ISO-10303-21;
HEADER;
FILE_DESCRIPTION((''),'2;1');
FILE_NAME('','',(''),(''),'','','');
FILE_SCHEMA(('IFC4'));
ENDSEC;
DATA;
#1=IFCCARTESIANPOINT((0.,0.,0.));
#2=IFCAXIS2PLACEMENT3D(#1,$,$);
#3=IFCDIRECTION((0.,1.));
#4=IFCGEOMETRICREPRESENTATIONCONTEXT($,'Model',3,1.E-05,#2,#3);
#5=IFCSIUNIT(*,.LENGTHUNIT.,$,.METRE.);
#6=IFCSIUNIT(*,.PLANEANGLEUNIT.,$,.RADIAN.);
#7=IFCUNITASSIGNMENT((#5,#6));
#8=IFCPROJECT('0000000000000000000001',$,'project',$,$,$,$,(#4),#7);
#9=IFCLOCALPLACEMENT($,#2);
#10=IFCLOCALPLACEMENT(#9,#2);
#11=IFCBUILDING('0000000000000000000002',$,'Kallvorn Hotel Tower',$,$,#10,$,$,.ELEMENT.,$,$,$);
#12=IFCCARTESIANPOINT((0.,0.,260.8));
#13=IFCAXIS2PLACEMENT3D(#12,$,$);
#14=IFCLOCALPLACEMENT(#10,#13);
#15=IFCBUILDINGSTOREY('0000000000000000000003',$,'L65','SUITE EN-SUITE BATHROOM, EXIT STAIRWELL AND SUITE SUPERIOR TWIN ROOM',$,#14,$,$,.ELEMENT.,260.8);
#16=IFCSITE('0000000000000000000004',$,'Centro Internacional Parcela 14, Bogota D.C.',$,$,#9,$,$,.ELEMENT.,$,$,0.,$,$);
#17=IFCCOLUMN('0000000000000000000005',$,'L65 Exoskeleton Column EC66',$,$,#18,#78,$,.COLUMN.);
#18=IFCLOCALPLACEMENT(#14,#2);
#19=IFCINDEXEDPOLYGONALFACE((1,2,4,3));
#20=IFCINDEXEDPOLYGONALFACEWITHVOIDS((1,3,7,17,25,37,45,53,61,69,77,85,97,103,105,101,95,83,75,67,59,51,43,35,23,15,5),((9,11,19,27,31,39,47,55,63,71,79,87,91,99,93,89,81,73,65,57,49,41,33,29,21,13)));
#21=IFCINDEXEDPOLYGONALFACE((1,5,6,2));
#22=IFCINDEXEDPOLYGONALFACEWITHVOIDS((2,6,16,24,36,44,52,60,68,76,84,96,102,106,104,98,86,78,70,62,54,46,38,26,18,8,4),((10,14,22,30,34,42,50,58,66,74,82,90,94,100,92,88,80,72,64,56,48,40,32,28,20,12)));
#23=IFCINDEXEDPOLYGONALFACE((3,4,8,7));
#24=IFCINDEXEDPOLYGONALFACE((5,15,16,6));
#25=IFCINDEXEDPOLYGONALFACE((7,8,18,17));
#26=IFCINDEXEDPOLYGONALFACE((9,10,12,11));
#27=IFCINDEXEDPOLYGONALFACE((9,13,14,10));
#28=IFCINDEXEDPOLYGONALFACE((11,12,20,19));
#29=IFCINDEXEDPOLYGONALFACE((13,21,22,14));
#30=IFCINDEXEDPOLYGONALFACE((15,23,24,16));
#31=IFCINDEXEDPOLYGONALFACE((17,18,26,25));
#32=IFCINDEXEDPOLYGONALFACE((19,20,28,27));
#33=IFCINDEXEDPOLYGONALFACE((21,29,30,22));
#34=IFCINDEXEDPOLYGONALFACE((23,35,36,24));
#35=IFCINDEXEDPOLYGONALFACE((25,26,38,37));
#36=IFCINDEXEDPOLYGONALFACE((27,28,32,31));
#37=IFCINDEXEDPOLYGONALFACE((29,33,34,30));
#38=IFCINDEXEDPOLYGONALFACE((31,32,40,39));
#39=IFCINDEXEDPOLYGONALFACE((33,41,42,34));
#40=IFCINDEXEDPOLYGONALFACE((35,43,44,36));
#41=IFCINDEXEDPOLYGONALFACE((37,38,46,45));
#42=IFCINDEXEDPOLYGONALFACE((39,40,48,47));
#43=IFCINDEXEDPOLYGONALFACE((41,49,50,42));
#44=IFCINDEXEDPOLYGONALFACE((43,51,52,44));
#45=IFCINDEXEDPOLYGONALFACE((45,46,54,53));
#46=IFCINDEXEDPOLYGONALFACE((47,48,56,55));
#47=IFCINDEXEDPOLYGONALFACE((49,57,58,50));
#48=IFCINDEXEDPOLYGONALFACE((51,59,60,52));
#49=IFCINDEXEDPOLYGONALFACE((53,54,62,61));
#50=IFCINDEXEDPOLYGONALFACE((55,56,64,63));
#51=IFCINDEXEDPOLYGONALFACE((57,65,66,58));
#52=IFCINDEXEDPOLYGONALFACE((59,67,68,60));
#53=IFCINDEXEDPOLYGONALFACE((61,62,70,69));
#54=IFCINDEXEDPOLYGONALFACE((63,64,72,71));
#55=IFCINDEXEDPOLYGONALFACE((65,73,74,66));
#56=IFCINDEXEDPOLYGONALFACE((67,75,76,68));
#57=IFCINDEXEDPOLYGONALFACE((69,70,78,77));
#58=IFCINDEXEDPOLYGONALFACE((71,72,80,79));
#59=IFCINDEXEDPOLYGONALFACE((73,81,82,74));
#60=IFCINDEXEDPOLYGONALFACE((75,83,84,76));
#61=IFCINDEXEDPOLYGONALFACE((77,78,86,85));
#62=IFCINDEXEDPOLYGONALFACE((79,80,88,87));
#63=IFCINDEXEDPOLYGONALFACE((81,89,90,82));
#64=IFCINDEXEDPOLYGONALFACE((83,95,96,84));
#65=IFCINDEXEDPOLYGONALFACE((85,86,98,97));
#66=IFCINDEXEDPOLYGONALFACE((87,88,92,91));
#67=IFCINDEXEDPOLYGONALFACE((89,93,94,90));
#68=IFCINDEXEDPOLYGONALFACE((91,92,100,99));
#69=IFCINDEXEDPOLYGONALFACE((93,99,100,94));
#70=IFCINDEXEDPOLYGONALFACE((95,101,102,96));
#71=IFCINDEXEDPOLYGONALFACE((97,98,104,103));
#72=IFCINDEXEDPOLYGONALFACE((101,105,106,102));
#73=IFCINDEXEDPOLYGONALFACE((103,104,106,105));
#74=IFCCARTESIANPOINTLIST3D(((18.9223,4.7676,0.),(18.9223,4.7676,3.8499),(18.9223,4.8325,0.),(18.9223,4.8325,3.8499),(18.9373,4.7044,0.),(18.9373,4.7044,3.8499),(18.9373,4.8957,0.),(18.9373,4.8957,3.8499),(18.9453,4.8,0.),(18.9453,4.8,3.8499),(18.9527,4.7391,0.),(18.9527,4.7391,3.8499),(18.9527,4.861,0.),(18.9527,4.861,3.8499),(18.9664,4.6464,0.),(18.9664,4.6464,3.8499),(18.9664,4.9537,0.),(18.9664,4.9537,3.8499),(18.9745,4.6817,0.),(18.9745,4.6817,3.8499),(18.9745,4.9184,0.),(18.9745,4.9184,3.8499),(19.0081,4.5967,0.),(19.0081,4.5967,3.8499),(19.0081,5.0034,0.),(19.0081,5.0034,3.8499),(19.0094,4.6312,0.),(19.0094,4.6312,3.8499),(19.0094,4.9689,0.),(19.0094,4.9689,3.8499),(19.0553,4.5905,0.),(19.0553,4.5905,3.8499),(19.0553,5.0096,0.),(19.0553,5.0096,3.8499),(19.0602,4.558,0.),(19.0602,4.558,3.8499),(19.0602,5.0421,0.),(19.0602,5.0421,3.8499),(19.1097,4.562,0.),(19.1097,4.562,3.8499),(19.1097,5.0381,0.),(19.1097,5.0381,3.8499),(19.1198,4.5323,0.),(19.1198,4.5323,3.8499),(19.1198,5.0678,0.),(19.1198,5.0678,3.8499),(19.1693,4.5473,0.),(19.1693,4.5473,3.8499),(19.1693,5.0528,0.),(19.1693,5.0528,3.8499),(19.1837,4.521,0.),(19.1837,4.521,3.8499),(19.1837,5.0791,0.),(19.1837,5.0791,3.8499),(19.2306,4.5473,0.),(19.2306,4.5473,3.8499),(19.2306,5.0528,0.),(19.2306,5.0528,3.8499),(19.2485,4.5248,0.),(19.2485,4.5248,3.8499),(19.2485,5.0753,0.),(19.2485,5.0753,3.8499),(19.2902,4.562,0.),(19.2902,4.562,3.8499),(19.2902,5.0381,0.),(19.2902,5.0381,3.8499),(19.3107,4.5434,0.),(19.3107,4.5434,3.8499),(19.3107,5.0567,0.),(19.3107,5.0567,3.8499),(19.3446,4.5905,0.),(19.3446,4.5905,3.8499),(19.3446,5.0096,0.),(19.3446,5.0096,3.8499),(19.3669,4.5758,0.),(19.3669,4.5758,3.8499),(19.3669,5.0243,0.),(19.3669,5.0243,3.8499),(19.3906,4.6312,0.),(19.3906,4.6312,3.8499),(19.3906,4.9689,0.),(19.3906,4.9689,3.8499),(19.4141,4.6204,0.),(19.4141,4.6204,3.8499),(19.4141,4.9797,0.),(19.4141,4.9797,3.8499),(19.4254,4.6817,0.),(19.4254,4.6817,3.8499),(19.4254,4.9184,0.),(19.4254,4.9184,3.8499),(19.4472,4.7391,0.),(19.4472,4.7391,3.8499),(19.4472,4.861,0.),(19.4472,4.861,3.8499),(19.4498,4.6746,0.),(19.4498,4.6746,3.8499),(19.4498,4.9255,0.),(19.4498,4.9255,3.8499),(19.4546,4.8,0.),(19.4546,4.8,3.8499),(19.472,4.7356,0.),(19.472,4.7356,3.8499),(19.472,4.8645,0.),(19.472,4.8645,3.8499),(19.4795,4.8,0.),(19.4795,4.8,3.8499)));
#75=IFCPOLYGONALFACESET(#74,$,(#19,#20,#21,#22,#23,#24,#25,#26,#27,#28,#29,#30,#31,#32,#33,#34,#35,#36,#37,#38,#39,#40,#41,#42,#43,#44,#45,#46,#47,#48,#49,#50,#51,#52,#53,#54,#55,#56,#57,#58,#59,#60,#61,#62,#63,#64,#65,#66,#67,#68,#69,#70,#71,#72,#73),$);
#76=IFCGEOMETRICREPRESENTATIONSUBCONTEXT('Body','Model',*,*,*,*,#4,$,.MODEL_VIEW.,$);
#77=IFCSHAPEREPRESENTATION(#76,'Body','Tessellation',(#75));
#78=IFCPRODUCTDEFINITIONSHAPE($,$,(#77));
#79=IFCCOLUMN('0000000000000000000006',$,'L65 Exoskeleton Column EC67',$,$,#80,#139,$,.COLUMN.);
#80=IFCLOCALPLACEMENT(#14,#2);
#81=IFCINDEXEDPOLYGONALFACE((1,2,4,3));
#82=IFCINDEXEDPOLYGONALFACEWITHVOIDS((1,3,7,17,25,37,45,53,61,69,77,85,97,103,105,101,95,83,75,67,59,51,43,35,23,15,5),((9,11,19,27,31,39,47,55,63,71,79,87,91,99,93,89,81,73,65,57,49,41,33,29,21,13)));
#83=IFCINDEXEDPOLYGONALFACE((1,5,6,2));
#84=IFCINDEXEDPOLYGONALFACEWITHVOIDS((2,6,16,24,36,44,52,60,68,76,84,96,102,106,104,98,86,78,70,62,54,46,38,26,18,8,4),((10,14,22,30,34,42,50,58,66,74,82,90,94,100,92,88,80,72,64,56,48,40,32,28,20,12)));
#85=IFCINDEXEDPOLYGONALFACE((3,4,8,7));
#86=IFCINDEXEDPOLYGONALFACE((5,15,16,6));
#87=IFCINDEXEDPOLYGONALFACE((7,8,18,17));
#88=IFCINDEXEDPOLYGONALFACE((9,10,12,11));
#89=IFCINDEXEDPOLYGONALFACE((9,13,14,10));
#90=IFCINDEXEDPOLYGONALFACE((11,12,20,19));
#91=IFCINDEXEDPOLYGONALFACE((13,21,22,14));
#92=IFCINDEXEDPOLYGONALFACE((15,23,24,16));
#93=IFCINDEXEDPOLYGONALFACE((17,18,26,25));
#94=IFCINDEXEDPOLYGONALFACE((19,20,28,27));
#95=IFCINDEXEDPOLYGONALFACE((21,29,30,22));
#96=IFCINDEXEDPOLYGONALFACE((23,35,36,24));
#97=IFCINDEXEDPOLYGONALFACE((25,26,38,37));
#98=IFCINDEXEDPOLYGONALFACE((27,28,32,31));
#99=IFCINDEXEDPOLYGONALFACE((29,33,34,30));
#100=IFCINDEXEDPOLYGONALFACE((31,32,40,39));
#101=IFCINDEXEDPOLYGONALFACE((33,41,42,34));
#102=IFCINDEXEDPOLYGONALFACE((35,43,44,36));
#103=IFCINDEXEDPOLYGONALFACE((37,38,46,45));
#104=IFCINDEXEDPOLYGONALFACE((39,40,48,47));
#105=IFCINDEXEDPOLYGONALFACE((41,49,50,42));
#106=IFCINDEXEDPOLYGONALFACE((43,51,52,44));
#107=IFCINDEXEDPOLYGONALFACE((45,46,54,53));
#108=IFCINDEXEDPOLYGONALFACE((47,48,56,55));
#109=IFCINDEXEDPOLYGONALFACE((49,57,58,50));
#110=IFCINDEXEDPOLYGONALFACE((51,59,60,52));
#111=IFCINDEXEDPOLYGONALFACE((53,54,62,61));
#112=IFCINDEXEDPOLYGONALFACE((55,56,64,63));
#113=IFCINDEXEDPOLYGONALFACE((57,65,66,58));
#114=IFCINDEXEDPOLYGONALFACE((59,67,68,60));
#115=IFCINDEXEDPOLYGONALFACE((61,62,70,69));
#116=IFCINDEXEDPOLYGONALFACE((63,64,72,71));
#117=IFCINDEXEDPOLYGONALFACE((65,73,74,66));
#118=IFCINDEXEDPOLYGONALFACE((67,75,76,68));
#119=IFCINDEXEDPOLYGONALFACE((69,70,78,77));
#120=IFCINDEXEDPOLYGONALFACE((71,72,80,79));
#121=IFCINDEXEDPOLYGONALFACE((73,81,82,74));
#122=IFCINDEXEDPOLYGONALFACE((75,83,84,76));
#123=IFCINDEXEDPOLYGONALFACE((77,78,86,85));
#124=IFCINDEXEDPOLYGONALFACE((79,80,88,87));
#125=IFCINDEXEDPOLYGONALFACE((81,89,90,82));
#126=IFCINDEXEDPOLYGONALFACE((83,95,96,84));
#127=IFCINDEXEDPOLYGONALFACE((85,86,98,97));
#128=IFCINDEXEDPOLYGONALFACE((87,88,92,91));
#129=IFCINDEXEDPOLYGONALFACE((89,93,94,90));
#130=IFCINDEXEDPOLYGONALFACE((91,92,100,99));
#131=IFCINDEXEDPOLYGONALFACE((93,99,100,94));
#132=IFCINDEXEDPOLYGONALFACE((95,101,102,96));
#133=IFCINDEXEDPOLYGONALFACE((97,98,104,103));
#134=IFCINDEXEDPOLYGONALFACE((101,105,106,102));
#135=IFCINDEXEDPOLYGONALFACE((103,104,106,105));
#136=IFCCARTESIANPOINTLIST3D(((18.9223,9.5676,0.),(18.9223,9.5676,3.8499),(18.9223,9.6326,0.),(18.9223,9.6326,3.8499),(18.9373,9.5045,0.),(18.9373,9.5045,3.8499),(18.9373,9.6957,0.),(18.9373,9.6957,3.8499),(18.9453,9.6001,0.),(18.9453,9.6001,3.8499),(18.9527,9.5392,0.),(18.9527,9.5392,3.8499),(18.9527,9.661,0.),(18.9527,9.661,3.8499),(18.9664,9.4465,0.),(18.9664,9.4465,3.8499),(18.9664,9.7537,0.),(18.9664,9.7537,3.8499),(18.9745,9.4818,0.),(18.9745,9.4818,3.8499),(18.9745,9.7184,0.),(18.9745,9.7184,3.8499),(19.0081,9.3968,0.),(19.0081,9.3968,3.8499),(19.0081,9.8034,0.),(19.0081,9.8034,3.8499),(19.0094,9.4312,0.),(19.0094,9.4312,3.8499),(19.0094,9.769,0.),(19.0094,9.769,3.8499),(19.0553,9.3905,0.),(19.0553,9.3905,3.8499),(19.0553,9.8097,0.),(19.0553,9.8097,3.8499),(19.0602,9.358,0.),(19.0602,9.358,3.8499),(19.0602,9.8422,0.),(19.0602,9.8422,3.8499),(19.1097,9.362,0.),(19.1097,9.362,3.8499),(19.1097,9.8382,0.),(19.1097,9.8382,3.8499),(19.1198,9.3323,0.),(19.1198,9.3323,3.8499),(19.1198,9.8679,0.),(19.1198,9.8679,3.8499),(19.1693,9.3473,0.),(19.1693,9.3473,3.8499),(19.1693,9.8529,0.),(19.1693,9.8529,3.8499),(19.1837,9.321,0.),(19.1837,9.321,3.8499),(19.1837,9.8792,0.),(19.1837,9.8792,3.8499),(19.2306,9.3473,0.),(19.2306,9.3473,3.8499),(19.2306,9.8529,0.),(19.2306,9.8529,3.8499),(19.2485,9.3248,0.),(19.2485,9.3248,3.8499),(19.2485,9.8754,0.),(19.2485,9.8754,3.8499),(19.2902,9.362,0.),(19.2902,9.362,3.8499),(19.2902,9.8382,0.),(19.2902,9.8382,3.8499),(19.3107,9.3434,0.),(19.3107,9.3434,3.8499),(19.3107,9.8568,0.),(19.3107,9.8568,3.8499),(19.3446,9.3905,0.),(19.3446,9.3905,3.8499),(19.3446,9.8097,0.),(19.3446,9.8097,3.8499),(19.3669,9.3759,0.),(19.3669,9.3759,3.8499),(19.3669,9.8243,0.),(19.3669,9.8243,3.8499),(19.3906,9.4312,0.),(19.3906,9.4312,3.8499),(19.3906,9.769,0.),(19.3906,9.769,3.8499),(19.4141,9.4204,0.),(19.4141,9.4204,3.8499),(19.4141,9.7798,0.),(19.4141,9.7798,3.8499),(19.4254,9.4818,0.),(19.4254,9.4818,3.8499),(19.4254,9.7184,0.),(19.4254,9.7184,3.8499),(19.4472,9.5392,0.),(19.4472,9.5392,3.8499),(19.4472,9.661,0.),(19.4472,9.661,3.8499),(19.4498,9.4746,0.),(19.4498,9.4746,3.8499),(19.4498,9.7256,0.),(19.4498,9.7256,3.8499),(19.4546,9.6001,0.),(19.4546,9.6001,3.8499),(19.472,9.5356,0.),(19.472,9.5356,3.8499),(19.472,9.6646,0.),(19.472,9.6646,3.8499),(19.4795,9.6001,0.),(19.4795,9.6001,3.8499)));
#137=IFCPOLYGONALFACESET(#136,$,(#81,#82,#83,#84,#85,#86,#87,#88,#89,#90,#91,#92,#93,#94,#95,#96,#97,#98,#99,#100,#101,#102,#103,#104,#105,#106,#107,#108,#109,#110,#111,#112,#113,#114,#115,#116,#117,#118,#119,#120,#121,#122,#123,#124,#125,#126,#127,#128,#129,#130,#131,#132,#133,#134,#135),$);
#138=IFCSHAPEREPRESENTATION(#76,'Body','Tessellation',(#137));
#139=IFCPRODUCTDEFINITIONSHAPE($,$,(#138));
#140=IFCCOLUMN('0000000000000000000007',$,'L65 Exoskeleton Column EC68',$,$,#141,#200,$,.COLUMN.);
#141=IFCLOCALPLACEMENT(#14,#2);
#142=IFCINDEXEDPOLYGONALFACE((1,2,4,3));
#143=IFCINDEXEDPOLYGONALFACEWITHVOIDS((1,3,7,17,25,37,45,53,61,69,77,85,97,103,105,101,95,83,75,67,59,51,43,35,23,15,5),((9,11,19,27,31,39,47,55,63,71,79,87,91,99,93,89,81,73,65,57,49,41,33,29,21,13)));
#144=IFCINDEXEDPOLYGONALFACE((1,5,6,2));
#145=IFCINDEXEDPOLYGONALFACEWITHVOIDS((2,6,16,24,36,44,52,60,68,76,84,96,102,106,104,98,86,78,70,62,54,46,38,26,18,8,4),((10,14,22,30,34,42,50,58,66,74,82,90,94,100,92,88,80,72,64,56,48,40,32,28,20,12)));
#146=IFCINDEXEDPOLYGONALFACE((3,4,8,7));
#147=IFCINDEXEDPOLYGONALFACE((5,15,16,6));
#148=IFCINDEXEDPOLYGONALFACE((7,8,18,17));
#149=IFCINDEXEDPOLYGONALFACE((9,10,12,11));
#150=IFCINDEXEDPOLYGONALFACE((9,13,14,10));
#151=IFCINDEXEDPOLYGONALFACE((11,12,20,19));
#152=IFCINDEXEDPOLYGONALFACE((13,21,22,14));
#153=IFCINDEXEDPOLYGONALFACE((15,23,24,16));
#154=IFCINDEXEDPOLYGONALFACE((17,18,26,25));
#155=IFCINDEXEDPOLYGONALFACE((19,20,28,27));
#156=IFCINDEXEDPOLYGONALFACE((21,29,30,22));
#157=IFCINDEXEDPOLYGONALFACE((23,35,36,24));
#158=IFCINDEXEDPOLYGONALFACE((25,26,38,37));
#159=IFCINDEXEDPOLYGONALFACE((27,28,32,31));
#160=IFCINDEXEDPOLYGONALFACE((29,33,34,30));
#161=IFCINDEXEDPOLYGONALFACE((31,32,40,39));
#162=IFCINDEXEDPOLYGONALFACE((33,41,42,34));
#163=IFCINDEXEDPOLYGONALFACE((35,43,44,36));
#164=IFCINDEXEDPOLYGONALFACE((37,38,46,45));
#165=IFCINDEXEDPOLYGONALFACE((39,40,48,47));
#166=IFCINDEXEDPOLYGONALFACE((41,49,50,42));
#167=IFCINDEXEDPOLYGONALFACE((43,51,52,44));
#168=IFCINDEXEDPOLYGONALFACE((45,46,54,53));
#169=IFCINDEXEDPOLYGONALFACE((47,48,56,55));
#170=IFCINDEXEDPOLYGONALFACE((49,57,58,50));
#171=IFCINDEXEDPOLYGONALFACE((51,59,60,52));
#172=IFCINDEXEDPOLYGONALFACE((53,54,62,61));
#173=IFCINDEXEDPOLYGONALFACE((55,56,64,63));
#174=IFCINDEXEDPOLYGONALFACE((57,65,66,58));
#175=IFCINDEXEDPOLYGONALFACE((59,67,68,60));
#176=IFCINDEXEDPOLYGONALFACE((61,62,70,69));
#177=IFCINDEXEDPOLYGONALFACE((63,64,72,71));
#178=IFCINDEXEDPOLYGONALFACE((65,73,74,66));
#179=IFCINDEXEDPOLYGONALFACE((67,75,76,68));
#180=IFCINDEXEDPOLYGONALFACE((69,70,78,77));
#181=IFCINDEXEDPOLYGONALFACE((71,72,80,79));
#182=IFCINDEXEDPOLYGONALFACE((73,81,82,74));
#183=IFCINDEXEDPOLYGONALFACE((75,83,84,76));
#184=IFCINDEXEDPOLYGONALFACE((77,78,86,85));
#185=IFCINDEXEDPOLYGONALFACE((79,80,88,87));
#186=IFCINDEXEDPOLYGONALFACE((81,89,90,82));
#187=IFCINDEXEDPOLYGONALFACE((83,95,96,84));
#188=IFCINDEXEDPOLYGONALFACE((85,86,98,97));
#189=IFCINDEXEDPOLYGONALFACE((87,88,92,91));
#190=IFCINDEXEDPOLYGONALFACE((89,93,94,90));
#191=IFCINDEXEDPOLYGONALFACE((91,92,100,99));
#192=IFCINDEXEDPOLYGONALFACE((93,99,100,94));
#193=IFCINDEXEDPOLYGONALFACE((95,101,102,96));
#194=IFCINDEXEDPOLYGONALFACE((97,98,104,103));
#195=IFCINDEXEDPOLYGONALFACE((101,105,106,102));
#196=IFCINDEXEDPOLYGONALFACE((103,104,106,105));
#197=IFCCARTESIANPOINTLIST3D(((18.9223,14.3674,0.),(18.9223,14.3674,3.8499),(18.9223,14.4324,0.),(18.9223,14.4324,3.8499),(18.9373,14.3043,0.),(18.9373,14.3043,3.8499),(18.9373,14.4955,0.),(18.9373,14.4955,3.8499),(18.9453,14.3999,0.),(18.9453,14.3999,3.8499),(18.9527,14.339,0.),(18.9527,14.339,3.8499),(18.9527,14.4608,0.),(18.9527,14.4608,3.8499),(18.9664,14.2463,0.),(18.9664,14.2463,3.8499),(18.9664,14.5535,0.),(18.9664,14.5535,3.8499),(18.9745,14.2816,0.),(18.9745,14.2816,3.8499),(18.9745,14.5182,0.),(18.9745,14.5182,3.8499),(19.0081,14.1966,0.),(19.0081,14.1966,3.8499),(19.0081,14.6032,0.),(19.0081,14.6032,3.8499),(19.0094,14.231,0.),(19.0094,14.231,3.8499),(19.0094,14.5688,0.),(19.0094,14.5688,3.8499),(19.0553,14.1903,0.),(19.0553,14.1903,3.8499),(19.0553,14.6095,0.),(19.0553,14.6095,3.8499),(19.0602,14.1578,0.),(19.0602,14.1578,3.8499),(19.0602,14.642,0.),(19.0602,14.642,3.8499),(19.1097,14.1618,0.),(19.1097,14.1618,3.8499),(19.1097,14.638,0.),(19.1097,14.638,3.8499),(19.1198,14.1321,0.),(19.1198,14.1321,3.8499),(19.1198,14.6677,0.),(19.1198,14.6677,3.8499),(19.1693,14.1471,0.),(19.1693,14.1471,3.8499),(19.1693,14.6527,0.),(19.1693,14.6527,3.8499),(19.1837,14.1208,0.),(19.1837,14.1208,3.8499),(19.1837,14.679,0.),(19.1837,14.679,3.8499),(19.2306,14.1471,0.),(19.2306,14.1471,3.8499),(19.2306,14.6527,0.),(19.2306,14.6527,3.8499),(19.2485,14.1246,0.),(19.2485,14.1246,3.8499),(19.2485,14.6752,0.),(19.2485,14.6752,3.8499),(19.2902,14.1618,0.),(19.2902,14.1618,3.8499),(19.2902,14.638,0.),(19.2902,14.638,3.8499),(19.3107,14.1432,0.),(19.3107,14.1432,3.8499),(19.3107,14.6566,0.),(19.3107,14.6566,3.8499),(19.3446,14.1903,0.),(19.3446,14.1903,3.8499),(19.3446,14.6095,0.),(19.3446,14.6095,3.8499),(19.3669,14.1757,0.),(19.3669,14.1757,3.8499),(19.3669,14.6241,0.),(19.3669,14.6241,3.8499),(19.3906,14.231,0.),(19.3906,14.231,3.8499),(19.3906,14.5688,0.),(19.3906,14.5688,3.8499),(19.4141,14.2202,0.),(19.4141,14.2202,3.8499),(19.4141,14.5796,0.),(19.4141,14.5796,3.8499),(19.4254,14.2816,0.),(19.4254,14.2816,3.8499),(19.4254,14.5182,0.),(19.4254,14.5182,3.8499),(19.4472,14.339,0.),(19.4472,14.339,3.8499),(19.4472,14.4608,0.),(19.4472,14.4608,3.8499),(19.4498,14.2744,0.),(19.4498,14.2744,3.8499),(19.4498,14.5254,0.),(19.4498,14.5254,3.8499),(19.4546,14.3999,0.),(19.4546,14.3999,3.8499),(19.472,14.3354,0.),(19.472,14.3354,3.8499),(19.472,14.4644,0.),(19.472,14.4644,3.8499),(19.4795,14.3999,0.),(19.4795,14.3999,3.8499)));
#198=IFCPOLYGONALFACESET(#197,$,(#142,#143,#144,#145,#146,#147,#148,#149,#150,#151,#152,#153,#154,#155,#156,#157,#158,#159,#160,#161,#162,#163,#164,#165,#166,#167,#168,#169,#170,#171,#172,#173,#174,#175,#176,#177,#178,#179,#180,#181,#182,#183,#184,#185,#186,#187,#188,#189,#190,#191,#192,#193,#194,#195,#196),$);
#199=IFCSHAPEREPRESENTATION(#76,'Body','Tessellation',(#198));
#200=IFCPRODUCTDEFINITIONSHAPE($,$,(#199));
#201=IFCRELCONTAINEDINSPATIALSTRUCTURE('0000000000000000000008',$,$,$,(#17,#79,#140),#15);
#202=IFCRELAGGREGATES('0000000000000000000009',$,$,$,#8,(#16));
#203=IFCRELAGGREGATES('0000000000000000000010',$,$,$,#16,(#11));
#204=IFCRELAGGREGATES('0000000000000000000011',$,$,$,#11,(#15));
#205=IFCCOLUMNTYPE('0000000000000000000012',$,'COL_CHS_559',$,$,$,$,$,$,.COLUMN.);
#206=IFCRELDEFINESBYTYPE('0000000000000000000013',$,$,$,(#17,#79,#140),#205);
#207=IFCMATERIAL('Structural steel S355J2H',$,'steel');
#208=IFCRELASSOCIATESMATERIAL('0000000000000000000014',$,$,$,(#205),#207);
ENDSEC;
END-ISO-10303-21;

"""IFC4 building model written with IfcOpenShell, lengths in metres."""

from ifc_helpers import new_model, si_unit, direction, frame, origin, origin_2d, place, context, subcontext, project, spatial, hollow_circle, extrude, material, material_profile, profile_set, type_object, element, save


model = new_model("IFC4")

# Units and contexts
model_context = context("Model", 3, precision=1e-05, world=origin(), true_north=direction((0.0, 1.0)))
body_context = subcontext(model_context, "Body", "Model", "MODEL_VIEW")
ifc_project = project(units=[si_unit("LENGTHUNIT", "METRE"), si_unit("PLANEANGLEUNIT", "RADIAN")], contexts=[model_context])

# Site, building, storey
site_placement = place(None, origin())
site = spatial("IfcSite", under=ifc_project, at=site_placement, Name="Centro Internacional Parcela 14, Bogota D.C.", CompositionType="ELEMENT", RefElevation=0.0)
building_placement = place(site_placement, origin())
building = spatial("IfcBuilding", under=site, at=building_placement, Name="Kallvorn Hotel Tower", CompositionType="ELEMENT")
storey_placement = place(building_placement, frame((0.0, 0.0, 260.8)))
storey = spatial("IfcBuildingStorey", under=building, at=storey_placement, Name="L65", Description="SUITE EN-SUITE BATHROOM, EXIT STAIRWELL AND SUITE SUPERIOR TWIN ROOM", CompositionType="ELEMENT", Elevation=260.8)

# Columns
ifc_material_1 = material(Name="Structural steel S355J2H", Category="steel")
ifc_material_profile_1 = material_profile(ifc_material_1, hollow_circle(Radius=0.2795, WallThickness=0.0249, at=origin_2d()), Name="CHS 559x25")
ifc_profile_set_1 = profile_set([ifc_material_profile_1], Name="Structural steel S355J2H")
column_type_1 = type_object("IfcColumnType", Name="COL_CHS_559", PredefinedType="COLUMN", material=ifc_profile_set_1)
for number, where, z_axis, x_axis, name in (
    (1, (19.2, 4.8, 0.0), (0.0, 0.0, 1.0), (1.0, 0.0, 0.0), "L65 Exoskeleton Column EC66"),
    (2, (19.2, 9.6001, 0.0), (0.0, 0.0, 1.0), (1.0, 0.0, 0.0), "L65 Exoskeleton Column EC67"),
    (3, (19.2, 14.3999, 0.0), (0.0, 0.0, 1.0), (1.0, 0.0, 0.0), "L65 Exoskeleton Column EC68"),
):
    element("IfcColumn", number, at=place(storey_placement, frame(where, z_axis=z_axis, x_axis=x_axis)), inside=storey, type_object=column_type_1, Name=name, PredefinedType="COLUMN", context=body_context, shape_type="SweptSolid", body=[
        extrude(hollow_circle(Radius=0.2795, WallThickness=0.0249, at=origin_2d()), origin(), (0.0, 0.0, 1.0), 3.8499),
    ])

save(model, "model.ifc")
